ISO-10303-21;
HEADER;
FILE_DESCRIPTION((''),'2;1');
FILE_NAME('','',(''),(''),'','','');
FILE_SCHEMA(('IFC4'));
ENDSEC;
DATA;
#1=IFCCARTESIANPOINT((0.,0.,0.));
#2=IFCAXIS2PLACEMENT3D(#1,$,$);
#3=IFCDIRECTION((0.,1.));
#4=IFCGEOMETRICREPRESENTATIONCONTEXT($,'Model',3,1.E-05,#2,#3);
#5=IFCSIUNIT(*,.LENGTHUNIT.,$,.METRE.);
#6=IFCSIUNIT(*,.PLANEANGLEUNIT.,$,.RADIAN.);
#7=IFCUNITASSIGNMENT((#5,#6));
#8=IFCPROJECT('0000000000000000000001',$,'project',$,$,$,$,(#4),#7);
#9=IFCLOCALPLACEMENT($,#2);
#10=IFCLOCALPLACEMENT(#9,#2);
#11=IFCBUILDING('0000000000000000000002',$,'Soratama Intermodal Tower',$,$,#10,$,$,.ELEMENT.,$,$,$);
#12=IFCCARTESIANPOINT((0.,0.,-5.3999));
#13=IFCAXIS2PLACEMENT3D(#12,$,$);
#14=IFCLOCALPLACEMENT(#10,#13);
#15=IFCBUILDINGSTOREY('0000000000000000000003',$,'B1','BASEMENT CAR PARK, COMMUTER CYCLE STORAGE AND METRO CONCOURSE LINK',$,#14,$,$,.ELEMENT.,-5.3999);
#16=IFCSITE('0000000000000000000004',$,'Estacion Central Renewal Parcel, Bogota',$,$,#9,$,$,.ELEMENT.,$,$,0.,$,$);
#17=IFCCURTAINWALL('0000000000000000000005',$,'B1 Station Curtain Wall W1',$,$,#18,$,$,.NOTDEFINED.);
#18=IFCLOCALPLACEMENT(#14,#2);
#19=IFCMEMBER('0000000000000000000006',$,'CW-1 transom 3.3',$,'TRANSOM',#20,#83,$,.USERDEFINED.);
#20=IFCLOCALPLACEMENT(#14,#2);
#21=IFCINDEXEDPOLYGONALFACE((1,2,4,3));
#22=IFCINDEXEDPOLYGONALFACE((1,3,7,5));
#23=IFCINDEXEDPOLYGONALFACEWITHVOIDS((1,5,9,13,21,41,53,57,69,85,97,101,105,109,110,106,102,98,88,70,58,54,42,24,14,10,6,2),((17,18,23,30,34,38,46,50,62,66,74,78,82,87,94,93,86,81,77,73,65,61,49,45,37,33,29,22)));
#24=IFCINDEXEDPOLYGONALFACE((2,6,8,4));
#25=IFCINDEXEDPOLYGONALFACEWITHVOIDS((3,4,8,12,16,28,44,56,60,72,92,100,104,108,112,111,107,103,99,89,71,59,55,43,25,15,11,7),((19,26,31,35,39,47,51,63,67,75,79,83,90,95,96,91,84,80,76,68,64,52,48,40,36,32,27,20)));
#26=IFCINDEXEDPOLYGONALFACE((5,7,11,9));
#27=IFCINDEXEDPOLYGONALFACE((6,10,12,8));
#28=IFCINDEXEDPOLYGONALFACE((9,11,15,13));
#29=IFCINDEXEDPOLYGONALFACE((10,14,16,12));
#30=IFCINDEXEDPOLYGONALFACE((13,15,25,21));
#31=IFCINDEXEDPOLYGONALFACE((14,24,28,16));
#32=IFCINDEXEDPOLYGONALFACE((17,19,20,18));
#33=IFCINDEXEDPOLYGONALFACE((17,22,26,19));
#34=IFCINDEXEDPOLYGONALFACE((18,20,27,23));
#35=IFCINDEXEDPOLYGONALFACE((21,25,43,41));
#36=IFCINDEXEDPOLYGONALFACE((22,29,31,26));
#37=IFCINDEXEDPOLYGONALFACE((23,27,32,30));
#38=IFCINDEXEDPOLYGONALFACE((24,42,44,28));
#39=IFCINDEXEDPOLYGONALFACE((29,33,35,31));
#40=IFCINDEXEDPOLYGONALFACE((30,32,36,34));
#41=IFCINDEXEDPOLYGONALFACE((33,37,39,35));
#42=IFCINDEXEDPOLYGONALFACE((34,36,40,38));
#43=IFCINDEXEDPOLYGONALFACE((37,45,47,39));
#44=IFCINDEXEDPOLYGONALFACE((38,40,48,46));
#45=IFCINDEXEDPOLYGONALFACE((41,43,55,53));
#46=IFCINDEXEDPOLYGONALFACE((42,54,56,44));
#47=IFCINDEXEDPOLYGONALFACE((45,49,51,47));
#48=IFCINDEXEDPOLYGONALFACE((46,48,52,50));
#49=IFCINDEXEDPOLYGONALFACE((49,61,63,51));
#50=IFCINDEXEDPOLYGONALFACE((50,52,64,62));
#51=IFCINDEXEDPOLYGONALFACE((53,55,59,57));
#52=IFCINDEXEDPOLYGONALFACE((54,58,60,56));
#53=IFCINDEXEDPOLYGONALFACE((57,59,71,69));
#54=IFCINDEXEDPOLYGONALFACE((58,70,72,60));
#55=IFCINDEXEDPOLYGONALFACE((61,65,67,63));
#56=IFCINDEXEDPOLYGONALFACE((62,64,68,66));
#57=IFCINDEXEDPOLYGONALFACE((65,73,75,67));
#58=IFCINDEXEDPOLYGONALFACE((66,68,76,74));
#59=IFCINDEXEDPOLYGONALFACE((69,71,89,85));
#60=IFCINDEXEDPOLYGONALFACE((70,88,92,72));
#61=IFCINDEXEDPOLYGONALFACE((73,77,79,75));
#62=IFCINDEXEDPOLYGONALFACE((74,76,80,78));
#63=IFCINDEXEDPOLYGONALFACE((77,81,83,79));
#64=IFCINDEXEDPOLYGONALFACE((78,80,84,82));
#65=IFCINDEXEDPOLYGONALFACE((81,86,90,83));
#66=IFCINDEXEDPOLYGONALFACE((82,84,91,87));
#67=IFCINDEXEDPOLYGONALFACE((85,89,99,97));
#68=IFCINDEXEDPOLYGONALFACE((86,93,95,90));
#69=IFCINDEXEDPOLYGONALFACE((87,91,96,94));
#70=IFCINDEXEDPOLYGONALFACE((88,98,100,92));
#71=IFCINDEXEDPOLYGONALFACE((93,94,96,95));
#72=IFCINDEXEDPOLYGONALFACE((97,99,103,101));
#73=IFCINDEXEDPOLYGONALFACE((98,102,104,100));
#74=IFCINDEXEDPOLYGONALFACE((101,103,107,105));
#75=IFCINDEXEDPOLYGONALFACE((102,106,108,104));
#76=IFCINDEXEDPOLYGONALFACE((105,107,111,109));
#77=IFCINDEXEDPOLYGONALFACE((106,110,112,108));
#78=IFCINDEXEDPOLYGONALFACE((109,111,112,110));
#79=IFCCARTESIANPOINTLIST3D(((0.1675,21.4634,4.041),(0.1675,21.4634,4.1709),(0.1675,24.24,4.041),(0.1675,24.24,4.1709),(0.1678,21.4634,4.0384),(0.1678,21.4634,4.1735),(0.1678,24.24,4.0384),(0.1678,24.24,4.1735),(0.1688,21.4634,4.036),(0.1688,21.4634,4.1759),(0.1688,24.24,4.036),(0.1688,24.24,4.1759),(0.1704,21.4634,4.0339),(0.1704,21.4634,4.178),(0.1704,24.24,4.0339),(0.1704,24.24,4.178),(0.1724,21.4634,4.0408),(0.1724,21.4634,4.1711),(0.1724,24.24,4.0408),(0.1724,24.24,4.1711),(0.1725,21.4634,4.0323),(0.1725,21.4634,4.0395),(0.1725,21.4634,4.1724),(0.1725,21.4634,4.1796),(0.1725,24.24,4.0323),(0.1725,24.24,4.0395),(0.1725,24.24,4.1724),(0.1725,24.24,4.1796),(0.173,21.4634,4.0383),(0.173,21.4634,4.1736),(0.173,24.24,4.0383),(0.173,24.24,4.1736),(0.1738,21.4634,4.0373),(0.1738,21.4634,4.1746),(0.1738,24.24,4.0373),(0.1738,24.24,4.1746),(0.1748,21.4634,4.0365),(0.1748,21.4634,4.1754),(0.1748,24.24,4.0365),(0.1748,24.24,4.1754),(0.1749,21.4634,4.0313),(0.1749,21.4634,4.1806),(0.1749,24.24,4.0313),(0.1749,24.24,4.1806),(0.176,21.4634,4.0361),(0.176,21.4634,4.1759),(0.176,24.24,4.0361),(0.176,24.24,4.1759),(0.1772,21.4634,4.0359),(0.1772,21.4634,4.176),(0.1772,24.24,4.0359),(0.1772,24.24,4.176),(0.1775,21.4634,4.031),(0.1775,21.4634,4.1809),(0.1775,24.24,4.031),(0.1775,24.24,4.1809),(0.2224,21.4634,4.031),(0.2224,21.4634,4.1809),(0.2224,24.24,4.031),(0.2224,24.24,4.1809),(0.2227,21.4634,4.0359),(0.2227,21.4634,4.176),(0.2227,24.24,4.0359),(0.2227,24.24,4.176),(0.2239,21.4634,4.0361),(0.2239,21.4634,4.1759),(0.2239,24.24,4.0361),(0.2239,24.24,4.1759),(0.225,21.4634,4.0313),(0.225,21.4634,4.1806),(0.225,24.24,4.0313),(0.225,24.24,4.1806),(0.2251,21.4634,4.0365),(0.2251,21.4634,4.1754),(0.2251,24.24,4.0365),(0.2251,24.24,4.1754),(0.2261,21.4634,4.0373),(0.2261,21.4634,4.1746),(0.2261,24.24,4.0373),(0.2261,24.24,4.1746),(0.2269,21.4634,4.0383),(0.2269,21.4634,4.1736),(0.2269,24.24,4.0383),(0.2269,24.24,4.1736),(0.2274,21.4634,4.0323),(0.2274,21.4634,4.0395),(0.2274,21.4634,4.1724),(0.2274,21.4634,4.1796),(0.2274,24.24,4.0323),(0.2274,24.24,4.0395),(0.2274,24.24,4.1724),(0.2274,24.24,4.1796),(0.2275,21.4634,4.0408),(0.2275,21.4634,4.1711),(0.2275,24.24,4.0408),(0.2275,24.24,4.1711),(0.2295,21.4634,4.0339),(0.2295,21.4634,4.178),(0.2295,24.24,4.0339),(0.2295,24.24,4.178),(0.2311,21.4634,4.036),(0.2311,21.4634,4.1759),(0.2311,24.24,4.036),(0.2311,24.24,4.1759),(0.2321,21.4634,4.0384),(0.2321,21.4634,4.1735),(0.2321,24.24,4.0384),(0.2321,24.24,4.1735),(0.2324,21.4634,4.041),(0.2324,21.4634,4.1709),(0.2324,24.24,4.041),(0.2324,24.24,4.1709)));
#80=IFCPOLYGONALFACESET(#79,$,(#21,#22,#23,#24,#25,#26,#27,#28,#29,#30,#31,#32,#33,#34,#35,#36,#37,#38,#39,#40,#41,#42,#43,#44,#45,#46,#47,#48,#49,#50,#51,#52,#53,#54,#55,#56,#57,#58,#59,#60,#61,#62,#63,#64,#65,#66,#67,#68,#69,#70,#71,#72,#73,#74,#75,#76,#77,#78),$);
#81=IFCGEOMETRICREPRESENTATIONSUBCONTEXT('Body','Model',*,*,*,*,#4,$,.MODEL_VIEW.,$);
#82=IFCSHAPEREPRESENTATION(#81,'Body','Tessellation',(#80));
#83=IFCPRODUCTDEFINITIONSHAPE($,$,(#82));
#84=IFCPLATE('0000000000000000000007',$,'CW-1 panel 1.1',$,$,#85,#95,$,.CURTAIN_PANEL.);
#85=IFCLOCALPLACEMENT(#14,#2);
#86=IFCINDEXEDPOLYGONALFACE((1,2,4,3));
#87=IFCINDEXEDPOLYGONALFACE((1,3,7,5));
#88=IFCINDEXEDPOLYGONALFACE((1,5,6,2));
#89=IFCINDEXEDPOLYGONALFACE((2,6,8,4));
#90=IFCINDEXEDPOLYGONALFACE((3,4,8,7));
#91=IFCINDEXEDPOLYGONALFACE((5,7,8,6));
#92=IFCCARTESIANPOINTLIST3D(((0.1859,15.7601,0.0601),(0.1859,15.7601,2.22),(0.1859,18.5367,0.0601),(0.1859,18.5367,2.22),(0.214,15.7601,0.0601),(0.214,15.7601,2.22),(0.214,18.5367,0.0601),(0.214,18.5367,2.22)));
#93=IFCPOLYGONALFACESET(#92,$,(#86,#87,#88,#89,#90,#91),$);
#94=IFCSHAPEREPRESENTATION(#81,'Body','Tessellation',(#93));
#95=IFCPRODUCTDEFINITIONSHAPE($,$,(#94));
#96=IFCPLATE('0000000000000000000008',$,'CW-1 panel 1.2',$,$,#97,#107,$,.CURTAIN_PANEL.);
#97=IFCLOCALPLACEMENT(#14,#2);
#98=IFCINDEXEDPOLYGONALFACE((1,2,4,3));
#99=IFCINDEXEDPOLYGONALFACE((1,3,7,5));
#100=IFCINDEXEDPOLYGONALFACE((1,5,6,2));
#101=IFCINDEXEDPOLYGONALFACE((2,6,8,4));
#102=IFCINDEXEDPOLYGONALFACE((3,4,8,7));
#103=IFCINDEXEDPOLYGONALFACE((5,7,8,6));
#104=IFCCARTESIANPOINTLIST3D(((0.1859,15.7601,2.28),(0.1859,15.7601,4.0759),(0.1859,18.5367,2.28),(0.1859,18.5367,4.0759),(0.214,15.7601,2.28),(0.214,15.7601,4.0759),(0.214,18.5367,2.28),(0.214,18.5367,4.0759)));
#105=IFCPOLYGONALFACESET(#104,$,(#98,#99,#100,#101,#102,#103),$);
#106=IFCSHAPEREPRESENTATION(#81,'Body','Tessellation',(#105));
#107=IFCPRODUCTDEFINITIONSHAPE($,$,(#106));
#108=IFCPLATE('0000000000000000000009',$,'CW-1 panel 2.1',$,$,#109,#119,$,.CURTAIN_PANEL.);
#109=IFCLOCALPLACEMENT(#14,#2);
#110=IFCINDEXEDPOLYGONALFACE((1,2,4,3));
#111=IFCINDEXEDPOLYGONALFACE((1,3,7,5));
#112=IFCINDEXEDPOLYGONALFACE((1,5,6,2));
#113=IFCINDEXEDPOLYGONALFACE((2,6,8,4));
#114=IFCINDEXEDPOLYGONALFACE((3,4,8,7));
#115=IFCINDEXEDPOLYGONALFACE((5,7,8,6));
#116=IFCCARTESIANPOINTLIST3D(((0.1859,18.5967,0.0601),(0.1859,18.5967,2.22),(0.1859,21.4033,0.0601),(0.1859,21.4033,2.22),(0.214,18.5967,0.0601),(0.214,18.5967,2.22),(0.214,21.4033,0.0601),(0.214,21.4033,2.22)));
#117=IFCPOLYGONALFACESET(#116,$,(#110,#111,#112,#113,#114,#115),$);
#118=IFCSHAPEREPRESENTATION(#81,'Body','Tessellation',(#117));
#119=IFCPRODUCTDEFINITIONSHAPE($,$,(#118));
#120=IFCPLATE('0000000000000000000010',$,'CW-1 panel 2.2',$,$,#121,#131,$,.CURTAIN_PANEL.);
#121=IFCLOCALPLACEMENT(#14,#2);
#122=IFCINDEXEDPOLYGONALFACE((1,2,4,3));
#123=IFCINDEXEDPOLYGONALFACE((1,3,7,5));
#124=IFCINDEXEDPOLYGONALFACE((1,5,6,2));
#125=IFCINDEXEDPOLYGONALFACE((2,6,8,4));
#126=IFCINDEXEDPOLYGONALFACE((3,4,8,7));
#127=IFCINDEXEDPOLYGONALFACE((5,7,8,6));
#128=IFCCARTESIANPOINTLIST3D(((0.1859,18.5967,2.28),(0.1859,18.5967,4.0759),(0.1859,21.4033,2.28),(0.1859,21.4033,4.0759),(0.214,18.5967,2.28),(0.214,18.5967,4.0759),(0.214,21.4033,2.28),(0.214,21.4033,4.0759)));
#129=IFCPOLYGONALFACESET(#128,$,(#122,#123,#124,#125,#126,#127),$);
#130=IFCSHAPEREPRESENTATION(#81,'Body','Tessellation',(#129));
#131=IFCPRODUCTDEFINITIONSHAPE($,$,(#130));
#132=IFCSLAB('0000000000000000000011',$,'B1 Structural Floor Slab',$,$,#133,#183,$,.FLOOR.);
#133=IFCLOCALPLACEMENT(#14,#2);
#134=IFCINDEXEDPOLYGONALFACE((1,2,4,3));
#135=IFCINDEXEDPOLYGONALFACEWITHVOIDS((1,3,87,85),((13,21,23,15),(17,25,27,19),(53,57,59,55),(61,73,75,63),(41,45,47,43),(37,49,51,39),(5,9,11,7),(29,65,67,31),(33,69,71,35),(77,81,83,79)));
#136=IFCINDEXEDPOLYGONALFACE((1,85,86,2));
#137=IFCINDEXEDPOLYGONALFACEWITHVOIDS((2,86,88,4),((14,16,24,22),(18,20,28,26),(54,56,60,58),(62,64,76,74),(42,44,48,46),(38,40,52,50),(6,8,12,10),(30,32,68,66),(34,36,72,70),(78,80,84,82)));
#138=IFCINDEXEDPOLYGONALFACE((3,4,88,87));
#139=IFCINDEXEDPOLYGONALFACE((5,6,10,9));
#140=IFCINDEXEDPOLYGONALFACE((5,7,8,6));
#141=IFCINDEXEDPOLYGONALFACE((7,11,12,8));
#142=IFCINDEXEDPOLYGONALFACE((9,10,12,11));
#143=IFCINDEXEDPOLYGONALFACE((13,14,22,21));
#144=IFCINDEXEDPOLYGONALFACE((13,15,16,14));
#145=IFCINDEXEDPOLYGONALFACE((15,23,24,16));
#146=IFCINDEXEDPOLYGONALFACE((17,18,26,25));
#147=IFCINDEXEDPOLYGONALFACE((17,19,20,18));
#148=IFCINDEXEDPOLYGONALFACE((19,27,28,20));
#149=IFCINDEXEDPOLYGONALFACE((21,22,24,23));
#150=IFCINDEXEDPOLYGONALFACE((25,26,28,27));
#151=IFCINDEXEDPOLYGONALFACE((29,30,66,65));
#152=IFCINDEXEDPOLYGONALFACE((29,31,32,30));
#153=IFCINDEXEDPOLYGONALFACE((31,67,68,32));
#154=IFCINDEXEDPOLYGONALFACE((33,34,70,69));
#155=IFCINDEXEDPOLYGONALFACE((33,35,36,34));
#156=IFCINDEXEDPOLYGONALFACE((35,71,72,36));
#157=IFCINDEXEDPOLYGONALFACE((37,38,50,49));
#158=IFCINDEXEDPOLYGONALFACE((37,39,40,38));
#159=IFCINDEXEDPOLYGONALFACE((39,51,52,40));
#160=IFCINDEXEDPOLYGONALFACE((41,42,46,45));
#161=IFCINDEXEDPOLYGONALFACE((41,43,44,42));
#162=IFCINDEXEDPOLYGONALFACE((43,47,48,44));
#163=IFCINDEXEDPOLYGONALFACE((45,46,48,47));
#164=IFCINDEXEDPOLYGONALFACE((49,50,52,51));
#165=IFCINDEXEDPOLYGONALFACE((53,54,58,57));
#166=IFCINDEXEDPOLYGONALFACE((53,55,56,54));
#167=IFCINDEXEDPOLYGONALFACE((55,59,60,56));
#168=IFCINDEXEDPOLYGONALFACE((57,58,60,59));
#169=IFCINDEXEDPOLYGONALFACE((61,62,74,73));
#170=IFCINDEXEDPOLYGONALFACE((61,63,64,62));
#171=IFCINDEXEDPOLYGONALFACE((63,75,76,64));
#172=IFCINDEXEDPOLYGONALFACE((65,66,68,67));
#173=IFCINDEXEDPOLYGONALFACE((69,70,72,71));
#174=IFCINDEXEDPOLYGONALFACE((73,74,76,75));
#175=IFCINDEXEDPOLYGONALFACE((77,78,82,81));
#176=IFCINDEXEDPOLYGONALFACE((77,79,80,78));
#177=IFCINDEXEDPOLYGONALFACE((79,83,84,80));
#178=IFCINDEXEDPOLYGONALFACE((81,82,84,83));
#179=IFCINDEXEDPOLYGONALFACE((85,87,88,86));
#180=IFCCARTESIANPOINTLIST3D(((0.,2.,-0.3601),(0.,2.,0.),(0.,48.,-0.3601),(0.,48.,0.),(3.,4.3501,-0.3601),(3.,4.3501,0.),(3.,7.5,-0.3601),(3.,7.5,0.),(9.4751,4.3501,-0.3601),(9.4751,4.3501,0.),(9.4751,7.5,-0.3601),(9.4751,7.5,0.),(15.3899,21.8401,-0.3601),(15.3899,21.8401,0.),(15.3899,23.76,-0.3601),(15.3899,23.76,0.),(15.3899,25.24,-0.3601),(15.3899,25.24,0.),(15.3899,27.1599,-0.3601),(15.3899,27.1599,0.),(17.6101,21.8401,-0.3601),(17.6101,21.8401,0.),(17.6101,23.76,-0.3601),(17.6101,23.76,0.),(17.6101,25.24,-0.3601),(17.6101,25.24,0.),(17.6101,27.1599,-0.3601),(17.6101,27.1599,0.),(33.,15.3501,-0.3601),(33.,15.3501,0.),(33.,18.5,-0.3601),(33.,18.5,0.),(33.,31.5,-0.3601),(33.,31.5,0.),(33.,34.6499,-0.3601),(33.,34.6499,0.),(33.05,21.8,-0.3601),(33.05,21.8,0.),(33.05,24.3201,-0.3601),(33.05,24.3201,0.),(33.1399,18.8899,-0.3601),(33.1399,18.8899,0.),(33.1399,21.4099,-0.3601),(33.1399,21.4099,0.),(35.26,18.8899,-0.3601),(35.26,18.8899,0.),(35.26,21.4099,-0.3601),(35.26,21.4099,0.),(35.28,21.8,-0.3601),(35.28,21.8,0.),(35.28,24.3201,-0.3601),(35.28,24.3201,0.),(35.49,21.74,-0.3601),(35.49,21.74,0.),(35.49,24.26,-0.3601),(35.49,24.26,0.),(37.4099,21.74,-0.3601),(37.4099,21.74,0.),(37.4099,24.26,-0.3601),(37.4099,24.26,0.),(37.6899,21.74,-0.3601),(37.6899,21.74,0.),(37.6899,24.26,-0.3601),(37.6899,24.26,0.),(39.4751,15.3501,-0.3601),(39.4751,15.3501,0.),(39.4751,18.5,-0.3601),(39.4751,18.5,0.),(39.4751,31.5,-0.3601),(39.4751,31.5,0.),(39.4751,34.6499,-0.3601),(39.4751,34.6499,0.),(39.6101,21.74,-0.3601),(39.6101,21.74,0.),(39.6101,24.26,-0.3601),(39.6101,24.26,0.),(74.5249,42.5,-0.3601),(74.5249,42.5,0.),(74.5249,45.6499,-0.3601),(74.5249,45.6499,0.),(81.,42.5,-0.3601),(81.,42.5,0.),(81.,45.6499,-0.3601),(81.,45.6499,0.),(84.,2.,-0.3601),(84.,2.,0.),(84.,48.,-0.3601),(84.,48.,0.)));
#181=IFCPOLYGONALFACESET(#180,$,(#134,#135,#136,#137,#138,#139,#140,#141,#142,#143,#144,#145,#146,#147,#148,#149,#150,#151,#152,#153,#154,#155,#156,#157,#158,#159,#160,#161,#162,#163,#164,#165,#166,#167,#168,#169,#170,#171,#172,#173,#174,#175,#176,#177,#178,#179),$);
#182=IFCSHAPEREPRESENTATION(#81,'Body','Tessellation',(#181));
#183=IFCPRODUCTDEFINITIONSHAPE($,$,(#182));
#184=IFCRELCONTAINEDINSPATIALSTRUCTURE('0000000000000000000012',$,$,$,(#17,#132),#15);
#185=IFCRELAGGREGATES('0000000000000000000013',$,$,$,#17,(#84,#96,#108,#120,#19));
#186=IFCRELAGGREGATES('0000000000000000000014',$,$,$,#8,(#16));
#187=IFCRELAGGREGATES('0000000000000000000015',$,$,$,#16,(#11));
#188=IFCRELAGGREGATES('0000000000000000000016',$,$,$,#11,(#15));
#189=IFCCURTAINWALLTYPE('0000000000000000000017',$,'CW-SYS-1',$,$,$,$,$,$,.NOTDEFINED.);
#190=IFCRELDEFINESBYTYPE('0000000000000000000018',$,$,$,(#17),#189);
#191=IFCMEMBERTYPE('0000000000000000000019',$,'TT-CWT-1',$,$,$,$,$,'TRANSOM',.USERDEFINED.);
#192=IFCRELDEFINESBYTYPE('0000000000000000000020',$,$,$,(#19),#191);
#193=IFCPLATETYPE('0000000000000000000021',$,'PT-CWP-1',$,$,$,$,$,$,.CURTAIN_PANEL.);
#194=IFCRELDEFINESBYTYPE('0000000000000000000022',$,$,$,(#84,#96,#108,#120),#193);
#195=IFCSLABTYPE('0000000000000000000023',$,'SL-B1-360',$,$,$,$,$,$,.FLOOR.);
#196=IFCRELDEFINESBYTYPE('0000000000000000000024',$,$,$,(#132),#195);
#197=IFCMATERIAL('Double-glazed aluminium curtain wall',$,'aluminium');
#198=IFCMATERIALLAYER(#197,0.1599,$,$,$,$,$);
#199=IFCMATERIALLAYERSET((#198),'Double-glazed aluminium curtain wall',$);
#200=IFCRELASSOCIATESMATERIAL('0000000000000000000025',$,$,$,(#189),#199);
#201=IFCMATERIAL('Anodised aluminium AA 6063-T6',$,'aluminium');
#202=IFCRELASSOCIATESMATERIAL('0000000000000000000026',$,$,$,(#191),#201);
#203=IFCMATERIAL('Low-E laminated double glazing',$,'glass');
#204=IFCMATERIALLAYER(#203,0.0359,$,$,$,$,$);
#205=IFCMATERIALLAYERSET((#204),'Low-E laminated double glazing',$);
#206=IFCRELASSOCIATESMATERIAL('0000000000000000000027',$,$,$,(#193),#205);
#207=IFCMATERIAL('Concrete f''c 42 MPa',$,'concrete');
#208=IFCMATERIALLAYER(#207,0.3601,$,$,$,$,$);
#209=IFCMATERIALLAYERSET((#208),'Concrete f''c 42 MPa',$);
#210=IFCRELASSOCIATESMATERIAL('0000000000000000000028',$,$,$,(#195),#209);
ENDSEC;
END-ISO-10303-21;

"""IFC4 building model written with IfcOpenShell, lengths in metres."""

from ifc_helpers import new_model, si_unit, direction, frame, origin, origin_2d, place, context, subcontext, project, spatial, polyline, rectangle, hollow_rectangle, outline, extrude, material, layer, layer_set, material_profile, profile_set, type_object, element, aggregate, save


model = new_model("IFC4")

# Units and contexts
model_context = context("Model", 3, precision=1e-05, world=origin(), true_north=direction((0.0, 1.0)))
body_context = subcontext(model_context, "Body", "Model", "MODEL_VIEW")
ifc_project = project(units=[si_unit("LENGTHUNIT", "METRE"), si_unit("PLANEANGLEUNIT", "RADIAN")], contexts=[model_context])

# Site, building, storey
site_placement = place(None, origin())
site = spatial("IfcSite", under=ifc_project, at=site_placement, Name="Estacion Central Renewal Parcel, Bogota", CompositionType="ELEMENT", RefElevation=0.0)
building_placement = place(site_placement, origin())
building = spatial("IfcBuilding", under=site, at=building_placement, Name="Soratama Intermodal Tower", CompositionType="ELEMENT")
storey_placement = place(building_placement, frame((0.0, 0.0, -5.3999)))
storey = spatial("IfcBuildingStorey", under=building, at=storey_placement, Name="B1", Description="BASEMENT CAR PARK, COMMUTER CYCLE STORAGE AND METRO CONCOURSE LINK", CompositionType="ELEMENT", Elevation=-5.3999)

# Curtain wall, member, plates
ifc_material_1 = material(Name="Double-glazed aluminium curtain wall", Category="aluminium")
ifc_layer_1 = layer(ifc_material_1, 0.1599)
ifc_layer_set_1 = layer_set([ifc_layer_1], Name="Double-glazed aluminium curtain wall")
curtain_wall_type = type_object("IfcCurtainWallType", Name="CW-SYS-1", PredefinedType="NOTDEFINED", material=ifc_layer_set_1)
curtain_wall_placement = place(storey_placement, origin())
curtain_wall = element("IfcCurtainWall", 1, at=curtain_wall_placement, inside=storey, type_object=curtain_wall_type, Name="B1 Station Curtain Wall W1", PredefinedType="NOTDEFINED")
ifc_material_2 = material(Name="Anodised aluminium AA 6063-T6", Category="aluminium")
ifc_material_profile_1 = material_profile(ifc_material_2, hollow_rectangle(XDim=0.0649, YDim=0.1499, WallThickness=0.0049, InnerFilletRadius=0.0049, OuterFilletRadius=0.01, at=origin_2d()), Name="CWT150X65X5")
ifc_profile_set_1 = profile_set([ifc_material_profile_1], Name="Anodised aluminium AA 6063-T6")
member_type_1 = type_object("IfcMemberType", Name="TT-CWT-1", ElementType="TRANSOM", PredefinedType="USERDEFINED", material=ifc_profile_set_1)
member_1_placement = place(storey_placement, frame((0.2, 21.4634, 4.106), z_axis=(0.0, 1.0, 0.0), x_axis=(-1.0, 0.0, 0.0)))
member_1 = element("IfcMember", 2, at=member_1_placement, type_object=member_type_1, Name="CW-1 transom 3.3", ObjectType="TRANSOM", PredefinedType="USERDEFINED", context=body_context, shape_type="SweptSolid", body=[
    extrude(hollow_rectangle(XDim=0.0649, YDim=0.1499, WallThickness=0.0049, InnerFilletRadius=0.0049, OuterFilletRadius=0.01, at=origin_2d()), origin(), (0.0, 0.0, 1.0), 2.7766),
])
ifc_material_3 = material(Name="Low-E laminated double glazing", Category="glass")
ifc_layer_2 = layer(ifc_material_3, 0.0359)
ifc_layer_set_2 = layer_set([ifc_layer_2], Name="Low-E laminated double glazing")
plate_type = type_object("IfcPlateType", Name="PT-CWP-1", PredefinedType="CURTAIN_PANEL", material=ifc_layer_set_2)
plate_1_placement = place(storey_placement, frame((0.2, 17.1484, 0.0601), z_axis=(0.0, 0.0, 1.0), x_axis=(0.0, 1.0, 0.0)))
plate_1 = element("IfcPlate", 3, at=plate_1_placement, type_object=plate_type, Name="CW-1 panel 1.1", PredefinedType="CURTAIN_PANEL", context=body_context, shape_type="SweptSolid", body=[
    extrude(rectangle(XDim=2.7766, YDim=0.0281, at=origin_2d()), origin(), (0.0, 0.0, 1.0), 2.1599),
])
plate_2_placement = place(storey_placement, frame((0.2, 17.1484, 2.28), z_axis=(0.0, 0.0, 1.0), x_axis=(0.0, 1.0, 0.0)))
plate_2 = element("IfcPlate", 4, at=plate_2_placement, type_object=plate_type, Name="CW-1 panel 1.2", PredefinedType="CURTAIN_PANEL", context=body_context, shape_type="SweptSolid", body=[
    extrude(rectangle(XDim=2.7766, YDim=0.0281, at=origin_2d()), origin(), (0.0, 0.0, 1.0), 1.7959),
])
plate_3_placement = place(storey_placement, frame((0.2, 20.0, 0.0601), z_axis=(0.0, 0.0, 1.0), x_axis=(0.0, 1.0, 0.0)))
plate_3 = element("IfcPlate", 5, at=plate_3_placement, type_object=plate_type, Name="CW-1 panel 2.1", PredefinedType="CURTAIN_PANEL", context=body_context, shape_type="SweptSolid", body=[
    extrude(rectangle(XDim=2.8066, YDim=0.0281, at=origin_2d()), origin(), (0.0, 0.0, 1.0), 2.1599),
])
plate_4_placement = place(storey_placement, frame((0.2, 20.0, 2.28), z_axis=(0.0, 0.0, 1.0), x_axis=(0.0, 1.0, 0.0)))
plate_4 = element("IfcPlate", 6, at=plate_4_placement, type_object=plate_type, Name="CW-1 panel 2.2", PredefinedType="CURTAIN_PANEL", context=body_context, shape_type="SweptSolid", body=[
    extrude(rectangle(XDim=2.8066, YDim=0.0281, at=origin_2d()), origin(), (0.0, 0.0, 1.0), 1.7959),
])
aggregate(curtain_wall, [plate_1, plate_2, plate_3, plate_4, member_1])

# Slab
ifc_material_4 = material(Name="Concrete f'c 42 MPa", Category="concrete")
ifc_layer_3 = layer(ifc_material_4, 0.3601)
ifc_layer_set_3 = layer_set([ifc_layer_3], Name="Concrete f'c 42 MPa")
slab_type_1 = type_object("IfcSlabType", Name="SL-B1-360", PredefinedType="FLOOR", material=ifc_layer_set_3)
slab_1_placement = place(storey_placement, frame((0.0, 0.0, -0.3601)))
element("IfcSlab", 7, at=slab_1_placement, inside=storey, type_object=slab_type_1, Name="B1 Structural Floor Slab", PredefinedType="FLOOR", context=body_context, shape_type="SweptSolid", body=[
    extrude(outline(polyline([(0.0, 2.0), (84.0, 2.0), (84.0, 48.0), (0.0, 48.0), (0.0, 2.0)]), holes=[polyline([(3.0, 7.5), (3.0, 4.3501), (9.4751, 4.3501), (9.4751, 7.5), (3.0, 7.5)]), polyline([(33.0, 18.5), (33.0, 15.3501), (39.4751, 15.3501), (39.4751, 18.5), (33.0, 18.5)]), polyline([(35.26, 21.4099), (33.1399, 21.4099), (33.1399, 18.8899), (35.26, 18.8899), (35.26, 21.4099)]), polyline([(17.6101, 21.8401), (17.6101, 23.76), (15.3899, 23.76), (15.3899, 21.8401), (17.6101, 21.8401)]), polyline([(37.4099, 21.74), (37.4099, 24.26), (35.49, 24.26), (35.49, 21.74), (37.4099, 21.74)]), polyline([(39.6101, 24.26), (37.6899, 24.26), (37.6899, 21.74), (39.6101, 21.74), (39.6101, 24.26)]), polyline([(35.28, 21.8), (35.28, 24.3201), (33.05, 24.3201), (33.05, 21.8), (35.28, 21.8)]), polyline([(17.6101, 27.1599), (15.3899, 27.1599), (15.3899, 25.24), (17.6101, 25.24), (17.6101, 27.1599)]), polyline([(39.4751, 34.6499), (33.0, 34.6499), (33.0, 31.5), (39.4751, 31.5), (39.4751, 34.6499)]), polyline([(74.5249, 42.5), (81.0, 42.5), (81.0, 45.6499), (74.5249, 45.6499), (74.5249, 42.5)])]), origin(), (0.0, 0.0, 1.0), 0.3601),
])

save(model, "model.ifc")
